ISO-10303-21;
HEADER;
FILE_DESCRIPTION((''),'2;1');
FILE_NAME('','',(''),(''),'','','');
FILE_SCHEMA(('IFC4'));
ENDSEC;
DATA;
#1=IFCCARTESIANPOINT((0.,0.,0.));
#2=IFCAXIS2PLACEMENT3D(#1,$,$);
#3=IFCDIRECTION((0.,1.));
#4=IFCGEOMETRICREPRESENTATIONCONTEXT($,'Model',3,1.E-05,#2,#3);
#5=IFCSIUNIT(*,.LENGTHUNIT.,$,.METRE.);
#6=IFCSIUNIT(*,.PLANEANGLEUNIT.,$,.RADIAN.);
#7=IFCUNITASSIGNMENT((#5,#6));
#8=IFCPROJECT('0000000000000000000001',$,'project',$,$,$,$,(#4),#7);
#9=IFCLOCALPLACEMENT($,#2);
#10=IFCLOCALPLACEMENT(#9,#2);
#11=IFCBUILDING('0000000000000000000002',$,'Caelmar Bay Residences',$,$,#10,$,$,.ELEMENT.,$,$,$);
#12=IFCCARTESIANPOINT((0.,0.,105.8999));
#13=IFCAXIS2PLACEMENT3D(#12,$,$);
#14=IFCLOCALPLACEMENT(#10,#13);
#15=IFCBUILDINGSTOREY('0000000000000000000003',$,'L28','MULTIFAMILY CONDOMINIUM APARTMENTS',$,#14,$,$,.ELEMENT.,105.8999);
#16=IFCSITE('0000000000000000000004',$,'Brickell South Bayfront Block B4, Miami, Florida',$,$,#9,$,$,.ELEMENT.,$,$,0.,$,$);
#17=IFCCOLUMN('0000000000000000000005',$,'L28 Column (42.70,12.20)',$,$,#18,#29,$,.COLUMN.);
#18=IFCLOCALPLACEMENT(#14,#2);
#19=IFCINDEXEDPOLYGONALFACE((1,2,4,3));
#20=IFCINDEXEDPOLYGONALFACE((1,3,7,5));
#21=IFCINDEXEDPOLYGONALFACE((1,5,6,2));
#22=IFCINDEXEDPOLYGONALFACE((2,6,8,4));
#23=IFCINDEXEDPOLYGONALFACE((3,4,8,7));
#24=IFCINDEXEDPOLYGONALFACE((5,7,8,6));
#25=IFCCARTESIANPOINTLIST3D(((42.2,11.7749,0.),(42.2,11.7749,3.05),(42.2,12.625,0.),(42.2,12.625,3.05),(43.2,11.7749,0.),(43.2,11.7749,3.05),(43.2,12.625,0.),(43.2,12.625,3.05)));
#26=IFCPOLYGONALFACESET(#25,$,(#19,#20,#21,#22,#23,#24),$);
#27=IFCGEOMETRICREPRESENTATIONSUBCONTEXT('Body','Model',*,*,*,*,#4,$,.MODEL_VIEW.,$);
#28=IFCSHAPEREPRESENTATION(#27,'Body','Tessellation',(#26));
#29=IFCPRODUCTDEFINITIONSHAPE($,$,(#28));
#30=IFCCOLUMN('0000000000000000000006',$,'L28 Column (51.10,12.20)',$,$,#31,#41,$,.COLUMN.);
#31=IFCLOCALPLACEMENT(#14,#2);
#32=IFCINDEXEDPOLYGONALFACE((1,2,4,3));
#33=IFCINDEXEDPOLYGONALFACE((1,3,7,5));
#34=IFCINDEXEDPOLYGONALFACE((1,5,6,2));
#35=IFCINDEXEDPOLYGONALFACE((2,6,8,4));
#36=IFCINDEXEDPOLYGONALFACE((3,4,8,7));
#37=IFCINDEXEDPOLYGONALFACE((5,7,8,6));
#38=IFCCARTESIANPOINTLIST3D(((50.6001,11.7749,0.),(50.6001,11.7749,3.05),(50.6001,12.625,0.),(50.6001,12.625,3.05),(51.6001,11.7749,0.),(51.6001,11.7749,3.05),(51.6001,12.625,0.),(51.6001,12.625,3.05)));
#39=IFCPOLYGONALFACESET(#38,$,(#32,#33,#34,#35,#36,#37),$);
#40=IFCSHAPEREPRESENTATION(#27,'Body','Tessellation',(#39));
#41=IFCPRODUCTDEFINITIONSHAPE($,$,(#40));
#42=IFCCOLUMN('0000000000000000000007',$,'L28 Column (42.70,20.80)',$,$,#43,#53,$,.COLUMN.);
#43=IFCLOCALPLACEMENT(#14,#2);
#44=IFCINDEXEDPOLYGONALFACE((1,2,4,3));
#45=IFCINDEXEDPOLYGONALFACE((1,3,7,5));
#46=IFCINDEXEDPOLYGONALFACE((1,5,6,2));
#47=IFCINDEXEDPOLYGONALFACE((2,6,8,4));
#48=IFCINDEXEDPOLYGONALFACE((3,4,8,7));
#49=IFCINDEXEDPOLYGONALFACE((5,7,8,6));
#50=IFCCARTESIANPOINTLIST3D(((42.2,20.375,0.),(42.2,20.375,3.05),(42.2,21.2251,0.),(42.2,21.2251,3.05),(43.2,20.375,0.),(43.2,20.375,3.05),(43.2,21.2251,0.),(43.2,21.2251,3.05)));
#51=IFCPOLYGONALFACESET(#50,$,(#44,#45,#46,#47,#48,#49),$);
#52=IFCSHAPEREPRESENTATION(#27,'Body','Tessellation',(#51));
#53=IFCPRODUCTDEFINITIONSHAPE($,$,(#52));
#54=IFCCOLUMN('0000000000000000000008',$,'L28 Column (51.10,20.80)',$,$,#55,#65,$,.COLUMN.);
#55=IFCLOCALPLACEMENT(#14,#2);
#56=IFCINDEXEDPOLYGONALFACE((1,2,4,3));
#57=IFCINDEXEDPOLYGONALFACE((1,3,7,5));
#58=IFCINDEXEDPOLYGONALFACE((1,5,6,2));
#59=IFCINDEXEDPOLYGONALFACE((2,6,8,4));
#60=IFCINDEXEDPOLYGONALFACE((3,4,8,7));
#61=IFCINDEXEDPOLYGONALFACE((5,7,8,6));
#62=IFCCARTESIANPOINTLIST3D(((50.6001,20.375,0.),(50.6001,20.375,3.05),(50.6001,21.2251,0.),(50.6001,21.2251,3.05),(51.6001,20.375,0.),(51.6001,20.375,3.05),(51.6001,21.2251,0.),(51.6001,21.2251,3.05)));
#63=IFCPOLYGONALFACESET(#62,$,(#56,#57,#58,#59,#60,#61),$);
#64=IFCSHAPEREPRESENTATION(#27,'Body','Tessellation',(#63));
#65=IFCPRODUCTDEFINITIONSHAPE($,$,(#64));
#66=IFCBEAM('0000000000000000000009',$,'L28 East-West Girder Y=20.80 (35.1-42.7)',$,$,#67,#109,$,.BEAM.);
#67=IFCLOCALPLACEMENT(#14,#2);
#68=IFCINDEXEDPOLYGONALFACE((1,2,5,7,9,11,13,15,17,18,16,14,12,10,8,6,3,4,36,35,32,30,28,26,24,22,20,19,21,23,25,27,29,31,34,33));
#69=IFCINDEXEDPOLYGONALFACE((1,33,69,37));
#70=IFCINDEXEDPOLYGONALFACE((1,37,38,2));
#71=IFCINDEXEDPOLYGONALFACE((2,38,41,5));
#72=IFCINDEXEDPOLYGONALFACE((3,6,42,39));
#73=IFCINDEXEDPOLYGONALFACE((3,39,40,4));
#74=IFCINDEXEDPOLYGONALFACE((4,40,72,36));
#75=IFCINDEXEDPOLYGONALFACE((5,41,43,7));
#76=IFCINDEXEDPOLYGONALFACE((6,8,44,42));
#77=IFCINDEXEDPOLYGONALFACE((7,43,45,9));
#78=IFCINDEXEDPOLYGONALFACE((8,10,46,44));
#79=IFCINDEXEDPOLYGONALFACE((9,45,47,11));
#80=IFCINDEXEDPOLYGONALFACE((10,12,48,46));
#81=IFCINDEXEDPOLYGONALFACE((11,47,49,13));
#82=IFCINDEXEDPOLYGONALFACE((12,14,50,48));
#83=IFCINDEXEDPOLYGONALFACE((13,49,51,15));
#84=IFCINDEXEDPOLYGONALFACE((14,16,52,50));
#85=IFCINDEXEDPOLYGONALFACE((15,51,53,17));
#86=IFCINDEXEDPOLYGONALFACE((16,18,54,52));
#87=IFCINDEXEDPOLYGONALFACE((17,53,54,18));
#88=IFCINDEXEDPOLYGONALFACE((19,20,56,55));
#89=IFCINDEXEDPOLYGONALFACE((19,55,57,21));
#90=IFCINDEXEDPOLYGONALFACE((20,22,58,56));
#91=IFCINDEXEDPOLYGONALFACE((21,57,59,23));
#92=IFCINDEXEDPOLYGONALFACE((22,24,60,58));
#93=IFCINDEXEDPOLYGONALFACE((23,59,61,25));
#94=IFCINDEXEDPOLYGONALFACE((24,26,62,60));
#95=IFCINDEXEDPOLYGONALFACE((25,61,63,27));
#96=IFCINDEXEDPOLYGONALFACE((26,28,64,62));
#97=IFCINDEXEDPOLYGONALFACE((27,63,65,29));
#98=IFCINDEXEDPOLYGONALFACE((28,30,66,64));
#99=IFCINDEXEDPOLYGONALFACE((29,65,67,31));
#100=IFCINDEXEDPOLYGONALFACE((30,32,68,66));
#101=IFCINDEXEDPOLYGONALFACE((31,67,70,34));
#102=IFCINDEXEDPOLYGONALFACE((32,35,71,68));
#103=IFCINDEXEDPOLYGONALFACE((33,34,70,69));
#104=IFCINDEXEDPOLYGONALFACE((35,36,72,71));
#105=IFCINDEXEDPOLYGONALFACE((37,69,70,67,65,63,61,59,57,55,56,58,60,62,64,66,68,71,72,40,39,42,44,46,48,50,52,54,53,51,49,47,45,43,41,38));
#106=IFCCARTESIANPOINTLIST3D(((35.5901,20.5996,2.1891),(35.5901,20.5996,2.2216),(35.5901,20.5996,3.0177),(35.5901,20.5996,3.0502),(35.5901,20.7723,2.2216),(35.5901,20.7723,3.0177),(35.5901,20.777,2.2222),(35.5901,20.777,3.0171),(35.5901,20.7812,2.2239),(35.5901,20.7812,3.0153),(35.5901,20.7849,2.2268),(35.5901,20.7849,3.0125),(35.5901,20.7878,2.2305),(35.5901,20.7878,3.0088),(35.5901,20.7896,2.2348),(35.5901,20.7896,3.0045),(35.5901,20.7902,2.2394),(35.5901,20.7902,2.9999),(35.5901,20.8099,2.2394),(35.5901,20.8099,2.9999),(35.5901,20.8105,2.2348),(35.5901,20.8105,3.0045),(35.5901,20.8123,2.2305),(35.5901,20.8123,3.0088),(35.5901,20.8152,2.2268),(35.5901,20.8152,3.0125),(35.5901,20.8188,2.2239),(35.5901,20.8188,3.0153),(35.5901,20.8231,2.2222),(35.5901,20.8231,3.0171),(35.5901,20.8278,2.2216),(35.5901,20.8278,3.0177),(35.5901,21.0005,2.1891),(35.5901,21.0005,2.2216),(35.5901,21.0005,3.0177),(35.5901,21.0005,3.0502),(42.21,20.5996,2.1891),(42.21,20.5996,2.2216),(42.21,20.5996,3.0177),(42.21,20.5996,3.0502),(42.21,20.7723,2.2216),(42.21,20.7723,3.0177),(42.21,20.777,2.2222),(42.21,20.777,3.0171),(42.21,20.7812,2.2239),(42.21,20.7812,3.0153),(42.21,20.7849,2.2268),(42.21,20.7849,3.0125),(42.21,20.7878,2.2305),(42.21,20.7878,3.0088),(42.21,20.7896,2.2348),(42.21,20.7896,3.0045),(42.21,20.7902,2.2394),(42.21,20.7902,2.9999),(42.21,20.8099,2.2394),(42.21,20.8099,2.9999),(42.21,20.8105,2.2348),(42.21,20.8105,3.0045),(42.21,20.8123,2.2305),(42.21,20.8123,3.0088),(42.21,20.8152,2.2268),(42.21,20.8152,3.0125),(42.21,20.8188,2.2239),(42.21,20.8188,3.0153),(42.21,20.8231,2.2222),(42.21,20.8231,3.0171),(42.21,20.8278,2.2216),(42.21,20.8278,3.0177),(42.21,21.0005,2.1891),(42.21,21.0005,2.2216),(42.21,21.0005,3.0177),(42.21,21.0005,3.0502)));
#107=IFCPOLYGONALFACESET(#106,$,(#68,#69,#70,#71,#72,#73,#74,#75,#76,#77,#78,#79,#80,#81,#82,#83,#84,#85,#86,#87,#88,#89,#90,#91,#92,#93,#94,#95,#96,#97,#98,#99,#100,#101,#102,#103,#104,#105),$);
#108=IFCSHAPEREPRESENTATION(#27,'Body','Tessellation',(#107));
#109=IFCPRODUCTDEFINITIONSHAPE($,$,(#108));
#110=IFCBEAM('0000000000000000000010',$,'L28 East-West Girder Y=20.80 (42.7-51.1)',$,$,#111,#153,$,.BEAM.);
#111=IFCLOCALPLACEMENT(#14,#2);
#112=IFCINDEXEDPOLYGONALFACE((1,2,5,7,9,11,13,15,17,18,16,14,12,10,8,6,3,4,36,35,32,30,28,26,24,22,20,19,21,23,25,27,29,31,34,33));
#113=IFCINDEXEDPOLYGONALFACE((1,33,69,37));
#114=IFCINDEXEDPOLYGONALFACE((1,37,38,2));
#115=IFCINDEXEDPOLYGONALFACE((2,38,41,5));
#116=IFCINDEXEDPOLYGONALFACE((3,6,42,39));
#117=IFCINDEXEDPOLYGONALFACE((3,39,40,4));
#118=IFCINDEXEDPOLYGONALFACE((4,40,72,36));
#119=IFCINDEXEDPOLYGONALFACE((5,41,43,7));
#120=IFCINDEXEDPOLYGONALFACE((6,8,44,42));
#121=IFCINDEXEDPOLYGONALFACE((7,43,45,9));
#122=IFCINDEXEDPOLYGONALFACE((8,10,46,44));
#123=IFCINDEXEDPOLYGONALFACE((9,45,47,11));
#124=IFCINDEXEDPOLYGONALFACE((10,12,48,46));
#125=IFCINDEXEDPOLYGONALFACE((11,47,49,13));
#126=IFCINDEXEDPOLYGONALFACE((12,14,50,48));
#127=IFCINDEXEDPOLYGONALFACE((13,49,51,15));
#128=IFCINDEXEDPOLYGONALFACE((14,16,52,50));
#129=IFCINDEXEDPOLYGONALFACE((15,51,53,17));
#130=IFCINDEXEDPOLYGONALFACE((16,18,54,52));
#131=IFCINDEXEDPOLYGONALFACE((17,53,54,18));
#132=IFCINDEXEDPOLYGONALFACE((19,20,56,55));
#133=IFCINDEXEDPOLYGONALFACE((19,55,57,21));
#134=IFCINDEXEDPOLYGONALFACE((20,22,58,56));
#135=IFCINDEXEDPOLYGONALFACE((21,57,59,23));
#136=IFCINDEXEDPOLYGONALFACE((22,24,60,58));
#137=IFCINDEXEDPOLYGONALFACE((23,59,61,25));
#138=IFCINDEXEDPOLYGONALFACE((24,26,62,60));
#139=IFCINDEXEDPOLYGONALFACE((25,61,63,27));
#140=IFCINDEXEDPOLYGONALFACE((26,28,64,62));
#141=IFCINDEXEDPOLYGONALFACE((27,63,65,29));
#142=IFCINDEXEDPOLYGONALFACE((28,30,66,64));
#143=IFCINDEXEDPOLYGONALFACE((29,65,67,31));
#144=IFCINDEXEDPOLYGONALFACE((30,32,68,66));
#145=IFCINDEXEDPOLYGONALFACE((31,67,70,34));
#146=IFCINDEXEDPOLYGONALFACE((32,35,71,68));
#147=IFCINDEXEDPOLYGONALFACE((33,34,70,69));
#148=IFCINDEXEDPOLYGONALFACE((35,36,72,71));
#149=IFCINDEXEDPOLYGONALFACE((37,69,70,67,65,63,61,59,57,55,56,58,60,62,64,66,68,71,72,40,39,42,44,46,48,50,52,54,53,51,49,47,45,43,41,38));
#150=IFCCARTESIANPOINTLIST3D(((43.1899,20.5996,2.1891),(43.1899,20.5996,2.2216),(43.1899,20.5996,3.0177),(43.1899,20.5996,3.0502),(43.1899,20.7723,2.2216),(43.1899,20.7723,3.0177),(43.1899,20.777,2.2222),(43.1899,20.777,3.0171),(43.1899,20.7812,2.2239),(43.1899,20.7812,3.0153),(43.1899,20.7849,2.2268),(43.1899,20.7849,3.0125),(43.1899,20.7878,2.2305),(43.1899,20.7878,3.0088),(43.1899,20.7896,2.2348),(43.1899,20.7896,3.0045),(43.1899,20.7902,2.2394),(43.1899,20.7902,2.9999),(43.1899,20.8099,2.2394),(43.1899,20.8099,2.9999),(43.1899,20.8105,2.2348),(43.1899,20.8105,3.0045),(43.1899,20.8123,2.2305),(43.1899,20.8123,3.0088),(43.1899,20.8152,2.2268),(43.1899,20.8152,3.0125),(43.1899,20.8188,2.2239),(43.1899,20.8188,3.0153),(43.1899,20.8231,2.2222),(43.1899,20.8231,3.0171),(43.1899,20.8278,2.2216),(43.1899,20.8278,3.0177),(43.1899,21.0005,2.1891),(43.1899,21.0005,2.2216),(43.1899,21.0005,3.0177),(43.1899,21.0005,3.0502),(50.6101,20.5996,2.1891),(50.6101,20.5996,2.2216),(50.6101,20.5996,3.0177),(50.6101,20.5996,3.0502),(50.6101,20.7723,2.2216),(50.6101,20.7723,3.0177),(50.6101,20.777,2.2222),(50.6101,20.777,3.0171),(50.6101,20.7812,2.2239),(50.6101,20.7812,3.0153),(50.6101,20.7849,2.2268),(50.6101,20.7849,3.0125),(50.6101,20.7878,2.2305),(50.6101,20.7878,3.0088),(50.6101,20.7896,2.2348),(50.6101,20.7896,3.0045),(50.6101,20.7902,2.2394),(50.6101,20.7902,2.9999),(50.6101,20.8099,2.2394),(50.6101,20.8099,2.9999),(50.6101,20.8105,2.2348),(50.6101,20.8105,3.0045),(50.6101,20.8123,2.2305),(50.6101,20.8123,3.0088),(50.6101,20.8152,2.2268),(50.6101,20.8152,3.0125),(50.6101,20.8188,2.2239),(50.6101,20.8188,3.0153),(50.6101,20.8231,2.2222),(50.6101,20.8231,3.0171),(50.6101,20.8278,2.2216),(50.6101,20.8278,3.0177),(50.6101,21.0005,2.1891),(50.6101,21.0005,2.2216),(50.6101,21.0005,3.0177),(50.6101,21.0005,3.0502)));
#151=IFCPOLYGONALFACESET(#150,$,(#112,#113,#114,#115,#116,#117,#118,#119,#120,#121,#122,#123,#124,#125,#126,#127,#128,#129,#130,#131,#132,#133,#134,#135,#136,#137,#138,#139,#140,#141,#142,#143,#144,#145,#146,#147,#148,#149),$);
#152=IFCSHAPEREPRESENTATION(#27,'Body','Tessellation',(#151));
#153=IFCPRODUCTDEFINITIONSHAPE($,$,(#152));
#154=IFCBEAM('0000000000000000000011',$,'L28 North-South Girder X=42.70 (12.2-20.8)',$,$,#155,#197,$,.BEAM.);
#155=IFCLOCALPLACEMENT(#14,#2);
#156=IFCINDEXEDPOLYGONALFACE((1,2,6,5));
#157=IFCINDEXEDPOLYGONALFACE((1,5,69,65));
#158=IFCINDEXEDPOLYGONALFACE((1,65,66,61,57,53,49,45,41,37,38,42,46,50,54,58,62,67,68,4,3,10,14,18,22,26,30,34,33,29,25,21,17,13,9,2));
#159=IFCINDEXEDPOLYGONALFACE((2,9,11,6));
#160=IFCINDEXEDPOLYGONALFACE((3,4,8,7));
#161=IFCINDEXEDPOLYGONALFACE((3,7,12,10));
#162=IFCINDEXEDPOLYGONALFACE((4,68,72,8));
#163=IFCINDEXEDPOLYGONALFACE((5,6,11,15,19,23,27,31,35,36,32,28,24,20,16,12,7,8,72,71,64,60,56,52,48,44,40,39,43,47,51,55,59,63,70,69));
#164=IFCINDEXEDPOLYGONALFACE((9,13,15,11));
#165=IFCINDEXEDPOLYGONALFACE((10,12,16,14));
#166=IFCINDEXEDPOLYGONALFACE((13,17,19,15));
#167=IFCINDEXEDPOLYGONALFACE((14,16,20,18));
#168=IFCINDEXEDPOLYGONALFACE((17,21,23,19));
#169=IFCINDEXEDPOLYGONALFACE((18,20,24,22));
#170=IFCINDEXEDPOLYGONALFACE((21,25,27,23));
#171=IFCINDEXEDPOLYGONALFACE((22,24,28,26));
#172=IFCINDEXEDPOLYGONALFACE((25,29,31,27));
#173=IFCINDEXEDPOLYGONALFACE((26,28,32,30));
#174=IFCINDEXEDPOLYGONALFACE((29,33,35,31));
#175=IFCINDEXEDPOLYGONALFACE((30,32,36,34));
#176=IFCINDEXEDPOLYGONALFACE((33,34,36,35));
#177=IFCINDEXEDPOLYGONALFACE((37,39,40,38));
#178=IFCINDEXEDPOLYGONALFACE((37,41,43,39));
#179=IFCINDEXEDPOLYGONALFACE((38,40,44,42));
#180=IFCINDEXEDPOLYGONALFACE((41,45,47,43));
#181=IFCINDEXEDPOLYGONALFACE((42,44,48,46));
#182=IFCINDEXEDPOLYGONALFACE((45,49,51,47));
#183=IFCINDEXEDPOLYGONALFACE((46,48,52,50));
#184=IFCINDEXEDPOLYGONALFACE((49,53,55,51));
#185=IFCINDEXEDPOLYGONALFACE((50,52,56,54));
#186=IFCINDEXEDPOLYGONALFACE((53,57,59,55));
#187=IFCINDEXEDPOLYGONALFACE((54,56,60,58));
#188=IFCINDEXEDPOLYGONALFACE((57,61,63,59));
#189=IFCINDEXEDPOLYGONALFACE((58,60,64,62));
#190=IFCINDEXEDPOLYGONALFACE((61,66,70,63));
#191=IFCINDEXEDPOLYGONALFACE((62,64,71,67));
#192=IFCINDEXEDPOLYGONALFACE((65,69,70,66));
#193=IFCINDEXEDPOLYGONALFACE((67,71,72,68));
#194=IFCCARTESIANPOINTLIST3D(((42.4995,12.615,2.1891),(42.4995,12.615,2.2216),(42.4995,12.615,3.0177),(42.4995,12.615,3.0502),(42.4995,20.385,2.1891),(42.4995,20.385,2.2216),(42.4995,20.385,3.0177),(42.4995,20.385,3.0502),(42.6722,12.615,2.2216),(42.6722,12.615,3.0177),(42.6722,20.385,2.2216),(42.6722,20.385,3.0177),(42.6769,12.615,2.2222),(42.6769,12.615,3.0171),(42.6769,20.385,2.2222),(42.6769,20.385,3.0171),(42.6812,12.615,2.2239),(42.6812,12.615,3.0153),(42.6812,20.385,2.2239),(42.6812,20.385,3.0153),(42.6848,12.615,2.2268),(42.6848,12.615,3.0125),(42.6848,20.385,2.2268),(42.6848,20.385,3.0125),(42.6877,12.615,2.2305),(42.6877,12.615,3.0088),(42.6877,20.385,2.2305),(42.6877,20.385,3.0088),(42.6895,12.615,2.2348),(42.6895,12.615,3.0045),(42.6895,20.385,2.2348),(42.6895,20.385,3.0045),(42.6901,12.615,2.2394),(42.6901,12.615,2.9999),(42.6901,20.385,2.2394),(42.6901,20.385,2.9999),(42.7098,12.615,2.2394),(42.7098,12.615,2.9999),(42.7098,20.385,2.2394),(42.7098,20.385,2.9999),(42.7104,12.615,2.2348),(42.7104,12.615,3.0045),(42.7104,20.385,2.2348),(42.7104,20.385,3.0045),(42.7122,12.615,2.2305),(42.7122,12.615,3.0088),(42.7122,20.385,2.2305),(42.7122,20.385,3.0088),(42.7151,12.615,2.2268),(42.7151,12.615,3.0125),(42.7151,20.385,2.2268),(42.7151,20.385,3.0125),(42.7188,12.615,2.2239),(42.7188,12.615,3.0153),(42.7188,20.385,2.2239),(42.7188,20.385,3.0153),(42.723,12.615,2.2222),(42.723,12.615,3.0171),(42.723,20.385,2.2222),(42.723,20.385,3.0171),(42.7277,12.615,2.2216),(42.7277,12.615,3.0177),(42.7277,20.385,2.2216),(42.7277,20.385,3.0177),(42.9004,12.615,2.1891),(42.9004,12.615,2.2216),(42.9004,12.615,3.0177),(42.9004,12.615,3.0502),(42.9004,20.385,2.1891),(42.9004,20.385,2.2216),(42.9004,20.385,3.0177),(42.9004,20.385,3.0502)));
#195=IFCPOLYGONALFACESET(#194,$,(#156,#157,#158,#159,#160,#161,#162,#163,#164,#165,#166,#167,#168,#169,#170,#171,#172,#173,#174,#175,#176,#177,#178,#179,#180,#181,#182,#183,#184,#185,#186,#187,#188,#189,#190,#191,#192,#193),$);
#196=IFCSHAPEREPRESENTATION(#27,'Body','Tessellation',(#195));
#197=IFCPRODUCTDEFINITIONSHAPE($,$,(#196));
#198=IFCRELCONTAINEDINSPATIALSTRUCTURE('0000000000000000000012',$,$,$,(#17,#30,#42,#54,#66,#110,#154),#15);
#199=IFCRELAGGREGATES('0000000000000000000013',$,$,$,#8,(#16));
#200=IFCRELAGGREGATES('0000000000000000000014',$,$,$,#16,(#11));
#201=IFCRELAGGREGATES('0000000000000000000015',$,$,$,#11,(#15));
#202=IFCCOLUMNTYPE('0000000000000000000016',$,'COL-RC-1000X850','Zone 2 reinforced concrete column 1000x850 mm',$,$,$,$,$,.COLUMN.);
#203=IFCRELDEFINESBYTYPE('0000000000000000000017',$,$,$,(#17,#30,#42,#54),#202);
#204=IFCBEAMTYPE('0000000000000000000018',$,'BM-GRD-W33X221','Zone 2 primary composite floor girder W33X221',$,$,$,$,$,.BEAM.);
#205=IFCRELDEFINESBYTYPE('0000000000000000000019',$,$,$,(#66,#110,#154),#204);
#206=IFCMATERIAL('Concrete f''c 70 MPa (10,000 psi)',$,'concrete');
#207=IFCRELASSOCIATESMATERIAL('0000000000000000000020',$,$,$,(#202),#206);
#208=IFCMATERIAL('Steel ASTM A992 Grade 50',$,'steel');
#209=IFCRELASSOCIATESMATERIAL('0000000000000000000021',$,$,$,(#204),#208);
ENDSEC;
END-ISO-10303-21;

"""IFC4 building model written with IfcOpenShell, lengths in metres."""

from ifc_helpers import new_model, si_unit, direction, frame, origin, origin_2d, place, context, subcontext, project, spatial, rectangle, i_section, extrude, material, material_profile, profile_set, type_object, element, save


model = new_model("IFC4")

# Units and contexts
model_context = context("Model", 3, precision=1e-05, world=origin(), true_north=direction((0.0, 1.0)))
body_context = subcontext(model_context, "Body", "Model", "MODEL_VIEW")
ifc_project = project(units=[si_unit("LENGTHUNIT", "METRE"), si_unit("PLANEANGLEUNIT", "RADIAN")], contexts=[model_context])

# Site, building, storey
site_placement = place(None, origin())
site = spatial("IfcSite", under=ifc_project, at=site_placement, Name="Brickell South Bayfront Block B4, Miami, Florida", CompositionType="ELEMENT", RefElevation=0.0)
building_placement = place(site_placement, origin())
building = spatial("IfcBuilding", under=site, at=building_placement, Name="Caelmar Bay Residences", CompositionType="ELEMENT")
storey_placement = place(building_placement, frame((0.0, 0.0, 105.8999)))
storey = spatial("IfcBuildingStorey", under=building, at=storey_placement, Name="L28", Description="MULTIFAMILY CONDOMINIUM APARTMENTS", CompositionType="ELEMENT", Elevation=105.8999)

# Columns
ifc_material_1 = material(Name="Concrete f'c 70 MPa (10,000 psi)", Category="concrete")
ifc_material_profile_1 = material_profile(ifc_material_1, rectangle(XDim=1.0, YDim=0.8501, at=origin_2d()), Name="RC-COL-1000X850")
ifc_profile_set_1 = profile_set([ifc_material_profile_1], Name="Concrete f'c 70 MPa (10,000 psi)")
column_type = type_object("IfcColumnType", Name="COL-RC-1000X850", Description="Zone 2 reinforced concrete column 1000x850 mm", PredefinedType="COLUMN", material=ifc_profile_set_1)
for number, where, z_axis, x_axis, name in (
    (1, (42.7, 12.2, 0.0), (0.0, 0.0, 1.0), (1.0, 0.0, 0.0), "L28 Column (42.70,12.20)"),
    (2, (51.1001, 12.2, 0.0), (0.0, 0.0, 1.0), (1.0, 0.0, 0.0), "L28 Column (51.10,12.20)"),
    (3, (42.7, 20.8, 0.0), (0.0, 0.0, 1.0), (1.0, 0.0, 0.0), "L28 Column (42.70,20.80)"),
    (4, (51.1001, 20.8, 0.0), (0.0, 0.0, 1.0), (1.0, 0.0, 0.0), "L28 Column (51.10,20.80)"),
):
    element("IfcColumn", number, at=place(storey_placement, frame(where, z_axis=z_axis, x_axis=x_axis)), inside=storey, type_object=column_type, Name=name, PredefinedType="COLUMN", context=body_context, shape_type="SweptSolid", body=[
        extrude(rectangle(XDim=1.0, YDim=0.8501, at=origin_2d()), origin(), (0.0, 0.0, 1.0), 3.05),
    ])

# Beams
ifc_material_2 = material(Name="Steel ASTM A992 Grade 50", Category="steel")
ifc_material_profile_2 = material_profile(ifc_material_2, i_section(OverallWidth=0.4009, OverallDepth=0.8611, WebThickness=0.0198, FlangeThickness=0.0325, FilletRadius=0.0178, at=origin_2d()), Name="W33X221")
ifc_profile_set_2 = profile_set([ifc_material_profile_2], Name="Steel ASTM A992 Grade 50")
beam_type_1 = type_object("IfcBeamType", Name="BM-GRD-W33X221", Description="Zone 2 primary composite floor girder W33X221", PredefinedType="BEAM", material=ifc_profile_set_2)
beam_1_placement = place(storey_placement, frame((35.5901, 20.8, 2.6196), z_axis=(1.0, 0.0, 0.0), x_axis=(0.0, 1.0, 0.0)))
element("IfcBeam", 5, at=beam_1_placement, inside=storey, type_object=beam_type_1, Name="L28 East-West Girder Y=20.80 (35.1-42.7)", PredefinedType="BEAM", context=body_context, shape_type="SweptSolid", body=[
    extrude(i_section(OverallWidth=0.4009, OverallDepth=0.8611, WebThickness=0.0198, FlangeThickness=0.0325, FilletRadius=0.0178, at=origin_2d()), origin(), (0.0, 0.0, 1.0), 6.6199),
])
beam_2_placement = place(storey_placement, frame((43.1899, 20.8, 2.6196), z_axis=(1.0, 0.0, 0.0), x_axis=(0.0, 1.0, 0.0)))
element("IfcBeam", 6, at=beam_2_placement, inside=storey, type_object=beam_type_1, Name="L28 East-West Girder Y=20.80 (42.7-51.1)", PredefinedType="BEAM", context=body_context, shape_type="SweptSolid", body=[
    extrude(i_section(OverallWidth=0.4009, OverallDepth=0.8611, WebThickness=0.0198, FlangeThickness=0.0325, FilletRadius=0.0178, at=origin_2d()), origin(), (0.0, 0.0, 1.0), 7.4202),
])
for number, where, z_axis, x_axis, name in (
    (7, (42.7, 12.615, 2.6196), (0.0, 1.0, 0.0), (-1.0, 0.0, 0.0), "L28 North-South Girder X=42.70 (12.2-20.8)"),
):
    element("IfcBeam", number, at=place(storey_placement, frame(where, z_axis=z_axis, x_axis=x_axis)), inside=storey, type_object=beam_type_1, Name=name, PredefinedType="BEAM", context=body_context, shape_type="SweptSolid", body=[
        extrude(i_section(OverallWidth=0.4009, OverallDepth=0.8611, WebThickness=0.0198, FlangeThickness=0.0325, FilletRadius=0.0178, at=origin_2d()), origin(), (0.0, 0.0, 1.0), 7.77),
    ])

save(model, "model.ifc")
